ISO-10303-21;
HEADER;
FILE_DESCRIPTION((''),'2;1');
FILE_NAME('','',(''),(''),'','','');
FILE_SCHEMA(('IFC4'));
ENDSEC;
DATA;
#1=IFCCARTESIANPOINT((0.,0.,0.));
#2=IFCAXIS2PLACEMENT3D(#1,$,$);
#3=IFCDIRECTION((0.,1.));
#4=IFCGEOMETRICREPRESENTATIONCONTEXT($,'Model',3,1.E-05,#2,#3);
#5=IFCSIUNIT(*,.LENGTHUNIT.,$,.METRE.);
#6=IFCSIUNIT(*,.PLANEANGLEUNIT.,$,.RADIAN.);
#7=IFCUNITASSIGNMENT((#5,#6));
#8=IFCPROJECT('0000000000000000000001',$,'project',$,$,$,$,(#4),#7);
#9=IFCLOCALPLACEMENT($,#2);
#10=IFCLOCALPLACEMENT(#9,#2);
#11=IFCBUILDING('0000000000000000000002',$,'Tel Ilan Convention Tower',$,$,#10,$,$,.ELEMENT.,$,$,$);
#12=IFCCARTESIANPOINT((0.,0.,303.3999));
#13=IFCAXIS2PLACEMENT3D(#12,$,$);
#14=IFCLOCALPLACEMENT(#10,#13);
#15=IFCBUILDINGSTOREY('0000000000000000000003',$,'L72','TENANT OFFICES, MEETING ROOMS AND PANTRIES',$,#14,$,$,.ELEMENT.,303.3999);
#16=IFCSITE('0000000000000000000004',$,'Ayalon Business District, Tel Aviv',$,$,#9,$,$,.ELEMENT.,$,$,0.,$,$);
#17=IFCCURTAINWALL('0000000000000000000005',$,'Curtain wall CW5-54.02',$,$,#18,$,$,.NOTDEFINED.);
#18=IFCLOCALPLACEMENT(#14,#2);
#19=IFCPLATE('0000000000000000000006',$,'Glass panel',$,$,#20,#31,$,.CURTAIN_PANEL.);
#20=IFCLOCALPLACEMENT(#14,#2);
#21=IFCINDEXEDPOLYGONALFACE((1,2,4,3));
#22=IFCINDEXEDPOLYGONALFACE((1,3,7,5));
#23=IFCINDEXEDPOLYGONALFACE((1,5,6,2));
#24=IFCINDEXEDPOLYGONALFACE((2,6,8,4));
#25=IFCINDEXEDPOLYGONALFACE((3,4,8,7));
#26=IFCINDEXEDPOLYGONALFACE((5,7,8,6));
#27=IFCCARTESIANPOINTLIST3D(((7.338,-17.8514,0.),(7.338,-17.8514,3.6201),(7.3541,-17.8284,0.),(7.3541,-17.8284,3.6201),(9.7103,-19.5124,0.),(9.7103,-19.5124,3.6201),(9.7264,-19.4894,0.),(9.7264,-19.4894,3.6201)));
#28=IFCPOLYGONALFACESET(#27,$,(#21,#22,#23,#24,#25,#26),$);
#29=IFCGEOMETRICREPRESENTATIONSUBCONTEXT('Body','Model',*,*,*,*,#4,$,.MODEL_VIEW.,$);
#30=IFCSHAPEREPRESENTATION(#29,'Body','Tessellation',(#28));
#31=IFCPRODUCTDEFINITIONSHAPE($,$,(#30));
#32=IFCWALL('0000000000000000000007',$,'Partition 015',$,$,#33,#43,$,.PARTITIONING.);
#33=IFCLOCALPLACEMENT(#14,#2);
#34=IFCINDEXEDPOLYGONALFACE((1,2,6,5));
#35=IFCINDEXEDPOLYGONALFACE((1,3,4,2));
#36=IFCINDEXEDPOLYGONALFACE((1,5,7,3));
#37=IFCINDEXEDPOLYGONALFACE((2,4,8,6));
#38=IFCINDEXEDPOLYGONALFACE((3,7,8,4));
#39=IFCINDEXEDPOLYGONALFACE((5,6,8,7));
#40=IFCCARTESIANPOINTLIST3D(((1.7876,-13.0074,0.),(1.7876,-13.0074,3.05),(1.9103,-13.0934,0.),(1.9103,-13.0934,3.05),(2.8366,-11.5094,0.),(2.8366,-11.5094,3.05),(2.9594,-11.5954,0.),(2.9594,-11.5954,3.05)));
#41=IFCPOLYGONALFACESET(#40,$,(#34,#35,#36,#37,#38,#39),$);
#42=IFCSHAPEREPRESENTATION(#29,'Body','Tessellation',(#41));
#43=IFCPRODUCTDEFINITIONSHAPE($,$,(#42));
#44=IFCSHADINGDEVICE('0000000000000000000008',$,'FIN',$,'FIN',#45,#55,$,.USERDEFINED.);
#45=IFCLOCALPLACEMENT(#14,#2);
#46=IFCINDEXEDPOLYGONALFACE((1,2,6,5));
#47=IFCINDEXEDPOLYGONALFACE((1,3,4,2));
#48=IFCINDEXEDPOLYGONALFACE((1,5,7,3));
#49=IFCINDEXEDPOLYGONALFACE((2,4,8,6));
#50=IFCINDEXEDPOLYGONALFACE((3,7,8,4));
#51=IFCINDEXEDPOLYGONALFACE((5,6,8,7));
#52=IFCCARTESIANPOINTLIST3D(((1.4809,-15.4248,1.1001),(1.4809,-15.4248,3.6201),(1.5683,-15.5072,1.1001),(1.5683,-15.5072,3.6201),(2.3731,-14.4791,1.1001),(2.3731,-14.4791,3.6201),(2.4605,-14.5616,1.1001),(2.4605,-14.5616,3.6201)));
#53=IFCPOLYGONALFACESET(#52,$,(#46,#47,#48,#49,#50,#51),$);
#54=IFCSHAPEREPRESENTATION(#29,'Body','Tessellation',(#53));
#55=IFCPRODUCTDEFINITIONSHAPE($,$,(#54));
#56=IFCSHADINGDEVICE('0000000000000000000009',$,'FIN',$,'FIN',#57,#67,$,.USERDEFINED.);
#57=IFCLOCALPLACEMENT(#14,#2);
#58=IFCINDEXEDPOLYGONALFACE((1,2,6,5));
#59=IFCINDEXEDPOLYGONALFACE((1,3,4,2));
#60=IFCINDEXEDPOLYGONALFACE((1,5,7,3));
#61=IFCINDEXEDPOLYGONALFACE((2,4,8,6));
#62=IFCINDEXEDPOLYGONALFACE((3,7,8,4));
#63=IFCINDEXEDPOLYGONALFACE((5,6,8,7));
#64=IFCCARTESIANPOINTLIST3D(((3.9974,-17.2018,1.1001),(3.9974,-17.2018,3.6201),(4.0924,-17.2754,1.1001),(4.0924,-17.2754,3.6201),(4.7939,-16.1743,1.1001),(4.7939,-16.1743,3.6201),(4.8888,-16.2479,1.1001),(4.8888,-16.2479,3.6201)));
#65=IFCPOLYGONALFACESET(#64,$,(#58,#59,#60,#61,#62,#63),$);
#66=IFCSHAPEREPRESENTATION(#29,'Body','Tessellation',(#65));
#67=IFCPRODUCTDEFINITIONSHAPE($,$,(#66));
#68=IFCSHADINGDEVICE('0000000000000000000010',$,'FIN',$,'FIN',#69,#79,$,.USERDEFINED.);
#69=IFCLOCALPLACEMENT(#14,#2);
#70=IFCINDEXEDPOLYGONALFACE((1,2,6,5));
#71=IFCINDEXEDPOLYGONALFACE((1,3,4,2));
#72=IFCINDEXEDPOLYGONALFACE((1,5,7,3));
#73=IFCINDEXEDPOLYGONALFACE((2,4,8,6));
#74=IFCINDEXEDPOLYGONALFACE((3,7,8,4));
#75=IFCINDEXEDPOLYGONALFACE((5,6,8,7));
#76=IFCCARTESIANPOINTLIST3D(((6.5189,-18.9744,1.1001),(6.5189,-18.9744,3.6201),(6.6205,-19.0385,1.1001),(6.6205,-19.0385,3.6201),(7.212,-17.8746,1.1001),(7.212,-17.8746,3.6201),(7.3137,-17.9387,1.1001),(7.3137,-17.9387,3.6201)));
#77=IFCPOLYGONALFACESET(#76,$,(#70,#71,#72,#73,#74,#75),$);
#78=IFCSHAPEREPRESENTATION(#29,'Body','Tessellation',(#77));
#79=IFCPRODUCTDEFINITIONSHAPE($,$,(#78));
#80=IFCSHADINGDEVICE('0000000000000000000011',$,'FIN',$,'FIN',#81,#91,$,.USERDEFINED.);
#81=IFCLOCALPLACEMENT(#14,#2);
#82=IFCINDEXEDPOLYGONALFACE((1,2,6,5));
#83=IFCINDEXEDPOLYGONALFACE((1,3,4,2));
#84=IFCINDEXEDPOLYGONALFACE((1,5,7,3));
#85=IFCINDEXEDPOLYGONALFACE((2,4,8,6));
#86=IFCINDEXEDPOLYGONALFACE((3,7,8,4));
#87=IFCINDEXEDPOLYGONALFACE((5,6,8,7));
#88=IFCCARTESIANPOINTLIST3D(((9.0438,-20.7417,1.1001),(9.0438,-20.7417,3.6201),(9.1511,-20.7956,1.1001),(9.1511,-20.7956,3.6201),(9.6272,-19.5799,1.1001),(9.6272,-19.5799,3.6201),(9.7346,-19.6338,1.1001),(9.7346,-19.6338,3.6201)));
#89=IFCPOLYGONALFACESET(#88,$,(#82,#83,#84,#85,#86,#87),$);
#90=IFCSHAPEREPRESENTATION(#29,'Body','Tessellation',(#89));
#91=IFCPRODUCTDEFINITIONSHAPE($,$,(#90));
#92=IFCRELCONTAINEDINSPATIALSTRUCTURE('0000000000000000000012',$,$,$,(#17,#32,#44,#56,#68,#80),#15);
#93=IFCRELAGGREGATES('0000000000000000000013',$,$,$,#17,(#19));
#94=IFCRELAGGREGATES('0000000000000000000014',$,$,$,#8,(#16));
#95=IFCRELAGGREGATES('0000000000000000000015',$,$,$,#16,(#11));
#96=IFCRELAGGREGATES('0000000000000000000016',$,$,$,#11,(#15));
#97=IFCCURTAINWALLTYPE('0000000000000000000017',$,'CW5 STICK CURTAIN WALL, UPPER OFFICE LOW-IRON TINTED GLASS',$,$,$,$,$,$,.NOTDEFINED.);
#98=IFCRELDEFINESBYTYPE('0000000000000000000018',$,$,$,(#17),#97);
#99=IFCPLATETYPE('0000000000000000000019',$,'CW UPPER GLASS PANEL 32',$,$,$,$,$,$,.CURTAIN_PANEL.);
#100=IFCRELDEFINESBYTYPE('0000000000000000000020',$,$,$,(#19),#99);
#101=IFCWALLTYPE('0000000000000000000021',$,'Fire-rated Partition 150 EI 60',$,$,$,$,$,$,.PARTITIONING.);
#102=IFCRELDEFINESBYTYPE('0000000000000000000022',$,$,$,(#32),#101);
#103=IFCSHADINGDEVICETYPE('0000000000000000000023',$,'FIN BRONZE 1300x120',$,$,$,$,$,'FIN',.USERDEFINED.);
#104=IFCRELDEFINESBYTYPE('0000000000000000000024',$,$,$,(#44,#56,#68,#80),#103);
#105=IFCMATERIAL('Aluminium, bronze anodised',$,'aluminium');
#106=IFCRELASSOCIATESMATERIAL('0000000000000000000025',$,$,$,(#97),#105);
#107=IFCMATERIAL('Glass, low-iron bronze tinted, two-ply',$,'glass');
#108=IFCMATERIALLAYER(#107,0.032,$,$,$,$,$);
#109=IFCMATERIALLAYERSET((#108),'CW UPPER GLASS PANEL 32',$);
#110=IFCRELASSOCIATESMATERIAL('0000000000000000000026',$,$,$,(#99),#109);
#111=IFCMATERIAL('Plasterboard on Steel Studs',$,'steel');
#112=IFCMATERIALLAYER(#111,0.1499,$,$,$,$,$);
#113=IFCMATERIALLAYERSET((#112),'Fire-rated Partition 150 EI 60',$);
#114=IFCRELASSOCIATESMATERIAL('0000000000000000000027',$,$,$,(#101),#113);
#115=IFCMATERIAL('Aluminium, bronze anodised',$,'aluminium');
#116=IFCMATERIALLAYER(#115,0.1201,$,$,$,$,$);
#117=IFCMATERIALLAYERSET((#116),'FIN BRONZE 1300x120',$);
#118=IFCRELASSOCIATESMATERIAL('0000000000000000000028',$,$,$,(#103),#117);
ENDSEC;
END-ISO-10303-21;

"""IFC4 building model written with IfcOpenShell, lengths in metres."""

from ifc_helpers import new_model, si_unit, direction, frame, frame_2d, origin, origin_2d, place, context, subcontext, project, spatial, rectangle, extrude, material, layer, layer_set, type_object, element, aggregate, save


model = new_model("IFC4")

# Units and contexts
model_context = context("Model", 3, precision=1e-05, world=origin(), true_north=direction((0.0, 1.0)))
body_context = subcontext(model_context, "Body", "Model", "MODEL_VIEW")
ifc_project = project(units=[si_unit("LENGTHUNIT", "METRE"), si_unit("PLANEANGLEUNIT", "RADIAN")], contexts=[model_context])

# Site, building, storey
site_placement = place(None, origin())
site = spatial("IfcSite", under=ifc_project, at=site_placement, Name="Ayalon Business District, Tel Aviv", CompositionType="ELEMENT", RefElevation=0.0)
building_placement = place(site_placement, origin())
building = spatial("IfcBuilding", under=site, at=building_placement, Name="Tel Ilan Convention Tower", CompositionType="ELEMENT")
storey_placement = place(building_placement, frame((0.0, 0.0, 303.3999)))
storey = spatial("IfcBuildingStorey", under=building, at=storey_placement, Name="L72", Description="TENANT OFFICES, MEETING ROOMS AND PANTRIES", CompositionType="ELEMENT", Elevation=303.3999)

# Curtain wall, plate
ifc_material_1 = material(Name="Aluminium, bronze anodised", Category="aluminium")
curtain_wall_type = type_object("IfcCurtainWallType", Name="CW5 STICK CURTAIN WALL, UPPER OFFICE LOW-IRON TINTED GLASS", PredefinedType="NOTDEFINED", material=ifc_material_1)
curtain_wall_placement = place(storey_placement, origin())
curtain_wall = element("IfcCurtainWall", 1, at=curtain_wall_placement, inside=storey, type_object=curtain_wall_type, Name="Curtain wall CW5-54.02", PredefinedType="NOTDEFINED")
ifc_material_2 = material(Name="Glass, low-iron bronze tinted, two-ply", Category="glass")
ifc_layer_1 = layer(ifc_material_2, 0.032)
ifc_layer_set_1 = layer_set([ifc_layer_1], Name="CW UPPER GLASS PANEL 32")
plate_type = type_object("IfcPlateType", Name="CW UPPER GLASS PANEL 32", PredefinedType="CURTAIN_PANEL", material=ifc_layer_set_1)
plate_1_placement = place(storey_placement, frame((8.5322, -18.6704, 0.0), z_axis=(0.0, 0.0, 1.0), x_axis=(0.819152, -0.573576, 0.0)))
plate_1 = element("IfcPlate", 2, at=plate_1_placement, type_object=plate_type, Name="Glass panel", PredefinedType="CURTAIN_PANEL", context=body_context, shape_type="SweptSolid", body=[
    extrude(rectangle(XDim=2.896, YDim=0.0281, at=origin_2d()), origin(), (0.0, 0.0, 1.0), 3.6201),
])
aggregate(curtain_wall, [plate_1])

# Wall
ifc_material_3 = material(Name="Plasterboard on Steel Studs", Category="steel")
ifc_layer_2 = layer(ifc_material_3, 0.1499)
ifc_layer_set_2 = layer_set([ifc_layer_2], Name="Fire-rated Partition 150 EI 60")
wall_type = type_object("IfcWallType", Name="Fire-rated Partition 150 EI 60", PredefinedType="PARTITIONING", material=ifc_layer_set_2)
wall_placement = place(storey_placement, frame((1.8489, -13.0505, 0.0), z_axis=(0.0, 0.0, 1.0), x_axis=(0.573624, 0.819119, 0.0)))
element("IfcWall", 3, at=wall_placement, inside=storey, type_object=wall_type, Name="Partition 015", PredefinedType="PARTITIONING", context=body_context, shape_type="SweptSolid", body=[
    extrude(rectangle(XDim=1.8289, YDim=0.1499, at=frame_2d((0.9146, 0.0))), origin(), (0.0, 0.0, 1.0), 3.05),
])

# Shading devices
ifc_material_4 = material(Name="Aluminium, bronze anodised", Category="aluminium")
ifc_layer_3 = layer(ifc_material_4, 0.1201)
ifc_layer_set_3 = layer_set([ifc_layer_3], Name="FIN BRONZE 1300x120")
shading_device_type = type_object("IfcShadingDeviceType", Name="FIN BRONZE 1300x120", ElementType="FIN", PredefinedType="USERDEFINED", material=ifc_layer_set_3)
for number, where, z_axis, x_axis, name in (
    (4, (1.9707, -14.9932, 1.1001), (0.0, 0.0, 1.0), (-0.686242, -0.727374, 0.0), "FIN"),
    (5, (4.4431, -16.7249, 1.1001), (0.0, 0.0, 1.0), (-0.612601, -0.790393, 0.0), "FIN"),
    (6, (6.9163, -18.4565, 1.1001), (0.0, 0.0, 1.0), (-0.533204, -0.845986, 0.0), "FIN"),
    (7, (9.3892, -20.1877, 1.1001), (0.0, 0.0, 1.0), (-0.448799, -0.893633, 0.0), "FIN"),
):
    element("IfcShadingDevice", number, at=place(storey_placement, frame(where, z_axis=z_axis, x_axis=x_axis)), inside=storey, type_object=shading_device_type, Name=name, ObjectType="FIN", PredefinedType="USERDEFINED", context=body_context, shape_type="SweptSolid", body=[
        extrude(rectangle(XDim=1.3, YDim=0.1201, at=origin_2d()), origin(), (0.0, 0.0, 1.0), 2.52),
    ])

save(model, "model.ifc")
